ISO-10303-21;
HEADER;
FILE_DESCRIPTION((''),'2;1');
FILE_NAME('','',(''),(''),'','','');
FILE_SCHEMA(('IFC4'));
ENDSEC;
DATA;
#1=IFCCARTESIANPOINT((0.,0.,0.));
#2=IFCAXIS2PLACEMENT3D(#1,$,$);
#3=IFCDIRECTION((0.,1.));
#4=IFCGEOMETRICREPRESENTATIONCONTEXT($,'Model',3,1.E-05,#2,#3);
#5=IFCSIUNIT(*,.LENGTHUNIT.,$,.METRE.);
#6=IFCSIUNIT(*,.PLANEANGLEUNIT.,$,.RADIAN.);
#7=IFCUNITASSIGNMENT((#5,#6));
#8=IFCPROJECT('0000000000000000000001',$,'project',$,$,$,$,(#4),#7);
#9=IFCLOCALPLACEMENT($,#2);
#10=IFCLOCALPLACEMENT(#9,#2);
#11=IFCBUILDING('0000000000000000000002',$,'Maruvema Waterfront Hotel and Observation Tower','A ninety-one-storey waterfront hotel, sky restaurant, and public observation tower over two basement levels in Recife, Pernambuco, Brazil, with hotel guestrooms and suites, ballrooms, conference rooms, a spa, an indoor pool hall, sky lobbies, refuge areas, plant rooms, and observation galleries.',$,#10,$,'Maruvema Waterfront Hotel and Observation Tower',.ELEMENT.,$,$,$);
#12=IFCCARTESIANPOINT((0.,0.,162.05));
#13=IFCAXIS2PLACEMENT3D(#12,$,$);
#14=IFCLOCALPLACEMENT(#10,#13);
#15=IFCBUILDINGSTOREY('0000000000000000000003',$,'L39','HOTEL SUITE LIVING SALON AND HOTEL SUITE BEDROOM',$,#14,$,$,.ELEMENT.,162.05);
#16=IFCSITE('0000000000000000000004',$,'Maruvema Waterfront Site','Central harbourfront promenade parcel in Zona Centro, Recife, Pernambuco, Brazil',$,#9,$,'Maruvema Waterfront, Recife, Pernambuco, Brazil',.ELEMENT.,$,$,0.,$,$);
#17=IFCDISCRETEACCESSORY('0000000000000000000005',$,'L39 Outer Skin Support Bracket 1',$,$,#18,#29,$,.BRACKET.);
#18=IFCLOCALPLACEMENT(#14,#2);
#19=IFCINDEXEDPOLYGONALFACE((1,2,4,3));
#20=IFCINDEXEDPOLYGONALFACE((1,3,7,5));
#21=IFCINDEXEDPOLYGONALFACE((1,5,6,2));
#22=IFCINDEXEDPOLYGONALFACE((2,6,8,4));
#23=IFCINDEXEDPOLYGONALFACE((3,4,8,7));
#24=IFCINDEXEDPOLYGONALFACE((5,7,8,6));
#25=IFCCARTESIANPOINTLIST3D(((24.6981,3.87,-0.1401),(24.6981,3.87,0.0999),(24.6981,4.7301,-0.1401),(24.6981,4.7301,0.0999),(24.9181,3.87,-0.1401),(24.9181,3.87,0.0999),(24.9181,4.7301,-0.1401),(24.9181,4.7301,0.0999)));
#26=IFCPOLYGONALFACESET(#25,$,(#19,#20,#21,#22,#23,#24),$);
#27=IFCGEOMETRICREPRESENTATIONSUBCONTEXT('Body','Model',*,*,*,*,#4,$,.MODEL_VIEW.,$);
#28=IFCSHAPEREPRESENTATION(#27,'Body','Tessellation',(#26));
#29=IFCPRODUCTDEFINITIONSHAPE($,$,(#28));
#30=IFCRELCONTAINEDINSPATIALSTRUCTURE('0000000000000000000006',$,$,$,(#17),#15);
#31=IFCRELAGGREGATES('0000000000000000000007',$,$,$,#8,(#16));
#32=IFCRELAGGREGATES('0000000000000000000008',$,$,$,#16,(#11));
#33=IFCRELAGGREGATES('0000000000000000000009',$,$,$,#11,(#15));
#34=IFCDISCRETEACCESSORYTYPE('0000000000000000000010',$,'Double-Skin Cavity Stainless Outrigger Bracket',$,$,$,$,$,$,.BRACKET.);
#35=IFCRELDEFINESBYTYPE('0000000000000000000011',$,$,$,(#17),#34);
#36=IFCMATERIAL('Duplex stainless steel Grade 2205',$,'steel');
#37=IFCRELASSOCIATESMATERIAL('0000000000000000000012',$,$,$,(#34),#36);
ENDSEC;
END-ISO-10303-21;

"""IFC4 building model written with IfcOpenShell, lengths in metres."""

from ifc_helpers import new_model, si_unit, direction, frame, origin, origin_2d, place, context, subcontext, project, spatial, rectangle, extrude, material, type_object, element, save


model = new_model("IFC4")

# Units and contexts
model_context = context("Model", 3, precision=1e-05, world=origin(), true_north=direction((0.0, 1.0)))
body_context = subcontext(model_context, "Body", "Model", "MODEL_VIEW")
ifc_project = project(units=[si_unit("LENGTHUNIT", "METRE"), si_unit("PLANEANGLEUNIT", "RADIAN")], contexts=[model_context])

# Site, building, storey
site_placement = place(None, origin())
site = spatial("IfcSite", under=ifc_project, at=site_placement, Name="Maruvema Waterfront Site", Description="Central harbourfront promenade parcel in Zona Centro, Recife, Pernambuco, Brazil", LongName="Maruvema Waterfront, Recife, Pernambuco, Brazil", CompositionType="ELEMENT", RefElevation=0.0)
building_placement = place(site_placement, origin())
building = spatial("IfcBuilding", under=site, at=building_placement, Name="Maruvema Waterfront Hotel and Observation Tower", Description="A ninety-one-storey waterfront hotel, sky restaurant, and public observation tower over two basement levels in Recife, Pernambuco, Brazil, with hotel guestrooms and suites, ballrooms, conference rooms, a spa, an indoor pool hall, sky lobbies, refuge areas, plant rooms, and observation galleries.", LongName="Maruvema Waterfront Hotel and Observation Tower", CompositionType="ELEMENT")
storey_placement = place(building_placement, frame((0.0, 0.0, 162.05)))
storey = spatial("IfcBuildingStorey", under=building, at=storey_placement, Name="L39", Description="HOTEL SUITE LIVING SALON AND HOTEL SUITE BEDROOM", CompositionType="ELEMENT", Elevation=162.05)

# Discrete accessory
ifc_material_1 = material(Name="Duplex stainless steel Grade 2205", Category="steel")
discrete_accessory_type = type_object("IfcDiscreteAccessoryType", Name="Double-Skin Cavity Stainless Outrigger Bracket", PredefinedType="BRACKET", material=ifc_material_1)
discrete_accessory_placement = place(storey_placement, frame((24.8081, 4.3, -0.1401), z_axis=(0.0, 0.0, 1.0), x_axis=(1.0, 0.0, 0.0)))
element("IfcDiscreteAccessory", 1, at=discrete_accessory_placement, inside=storey, type_object=discrete_accessory_type, Name="L39 Outer Skin Support Bracket 1", PredefinedType="BRACKET", context=body_context, shape_type="SweptSolid", body=[
    extrude(rectangle(XDim=0.22, YDim=0.8601, at=origin_2d()), origin(), (0.0, 0.0, 1.0), 0.24),
])

save(model, "model.ifc")
